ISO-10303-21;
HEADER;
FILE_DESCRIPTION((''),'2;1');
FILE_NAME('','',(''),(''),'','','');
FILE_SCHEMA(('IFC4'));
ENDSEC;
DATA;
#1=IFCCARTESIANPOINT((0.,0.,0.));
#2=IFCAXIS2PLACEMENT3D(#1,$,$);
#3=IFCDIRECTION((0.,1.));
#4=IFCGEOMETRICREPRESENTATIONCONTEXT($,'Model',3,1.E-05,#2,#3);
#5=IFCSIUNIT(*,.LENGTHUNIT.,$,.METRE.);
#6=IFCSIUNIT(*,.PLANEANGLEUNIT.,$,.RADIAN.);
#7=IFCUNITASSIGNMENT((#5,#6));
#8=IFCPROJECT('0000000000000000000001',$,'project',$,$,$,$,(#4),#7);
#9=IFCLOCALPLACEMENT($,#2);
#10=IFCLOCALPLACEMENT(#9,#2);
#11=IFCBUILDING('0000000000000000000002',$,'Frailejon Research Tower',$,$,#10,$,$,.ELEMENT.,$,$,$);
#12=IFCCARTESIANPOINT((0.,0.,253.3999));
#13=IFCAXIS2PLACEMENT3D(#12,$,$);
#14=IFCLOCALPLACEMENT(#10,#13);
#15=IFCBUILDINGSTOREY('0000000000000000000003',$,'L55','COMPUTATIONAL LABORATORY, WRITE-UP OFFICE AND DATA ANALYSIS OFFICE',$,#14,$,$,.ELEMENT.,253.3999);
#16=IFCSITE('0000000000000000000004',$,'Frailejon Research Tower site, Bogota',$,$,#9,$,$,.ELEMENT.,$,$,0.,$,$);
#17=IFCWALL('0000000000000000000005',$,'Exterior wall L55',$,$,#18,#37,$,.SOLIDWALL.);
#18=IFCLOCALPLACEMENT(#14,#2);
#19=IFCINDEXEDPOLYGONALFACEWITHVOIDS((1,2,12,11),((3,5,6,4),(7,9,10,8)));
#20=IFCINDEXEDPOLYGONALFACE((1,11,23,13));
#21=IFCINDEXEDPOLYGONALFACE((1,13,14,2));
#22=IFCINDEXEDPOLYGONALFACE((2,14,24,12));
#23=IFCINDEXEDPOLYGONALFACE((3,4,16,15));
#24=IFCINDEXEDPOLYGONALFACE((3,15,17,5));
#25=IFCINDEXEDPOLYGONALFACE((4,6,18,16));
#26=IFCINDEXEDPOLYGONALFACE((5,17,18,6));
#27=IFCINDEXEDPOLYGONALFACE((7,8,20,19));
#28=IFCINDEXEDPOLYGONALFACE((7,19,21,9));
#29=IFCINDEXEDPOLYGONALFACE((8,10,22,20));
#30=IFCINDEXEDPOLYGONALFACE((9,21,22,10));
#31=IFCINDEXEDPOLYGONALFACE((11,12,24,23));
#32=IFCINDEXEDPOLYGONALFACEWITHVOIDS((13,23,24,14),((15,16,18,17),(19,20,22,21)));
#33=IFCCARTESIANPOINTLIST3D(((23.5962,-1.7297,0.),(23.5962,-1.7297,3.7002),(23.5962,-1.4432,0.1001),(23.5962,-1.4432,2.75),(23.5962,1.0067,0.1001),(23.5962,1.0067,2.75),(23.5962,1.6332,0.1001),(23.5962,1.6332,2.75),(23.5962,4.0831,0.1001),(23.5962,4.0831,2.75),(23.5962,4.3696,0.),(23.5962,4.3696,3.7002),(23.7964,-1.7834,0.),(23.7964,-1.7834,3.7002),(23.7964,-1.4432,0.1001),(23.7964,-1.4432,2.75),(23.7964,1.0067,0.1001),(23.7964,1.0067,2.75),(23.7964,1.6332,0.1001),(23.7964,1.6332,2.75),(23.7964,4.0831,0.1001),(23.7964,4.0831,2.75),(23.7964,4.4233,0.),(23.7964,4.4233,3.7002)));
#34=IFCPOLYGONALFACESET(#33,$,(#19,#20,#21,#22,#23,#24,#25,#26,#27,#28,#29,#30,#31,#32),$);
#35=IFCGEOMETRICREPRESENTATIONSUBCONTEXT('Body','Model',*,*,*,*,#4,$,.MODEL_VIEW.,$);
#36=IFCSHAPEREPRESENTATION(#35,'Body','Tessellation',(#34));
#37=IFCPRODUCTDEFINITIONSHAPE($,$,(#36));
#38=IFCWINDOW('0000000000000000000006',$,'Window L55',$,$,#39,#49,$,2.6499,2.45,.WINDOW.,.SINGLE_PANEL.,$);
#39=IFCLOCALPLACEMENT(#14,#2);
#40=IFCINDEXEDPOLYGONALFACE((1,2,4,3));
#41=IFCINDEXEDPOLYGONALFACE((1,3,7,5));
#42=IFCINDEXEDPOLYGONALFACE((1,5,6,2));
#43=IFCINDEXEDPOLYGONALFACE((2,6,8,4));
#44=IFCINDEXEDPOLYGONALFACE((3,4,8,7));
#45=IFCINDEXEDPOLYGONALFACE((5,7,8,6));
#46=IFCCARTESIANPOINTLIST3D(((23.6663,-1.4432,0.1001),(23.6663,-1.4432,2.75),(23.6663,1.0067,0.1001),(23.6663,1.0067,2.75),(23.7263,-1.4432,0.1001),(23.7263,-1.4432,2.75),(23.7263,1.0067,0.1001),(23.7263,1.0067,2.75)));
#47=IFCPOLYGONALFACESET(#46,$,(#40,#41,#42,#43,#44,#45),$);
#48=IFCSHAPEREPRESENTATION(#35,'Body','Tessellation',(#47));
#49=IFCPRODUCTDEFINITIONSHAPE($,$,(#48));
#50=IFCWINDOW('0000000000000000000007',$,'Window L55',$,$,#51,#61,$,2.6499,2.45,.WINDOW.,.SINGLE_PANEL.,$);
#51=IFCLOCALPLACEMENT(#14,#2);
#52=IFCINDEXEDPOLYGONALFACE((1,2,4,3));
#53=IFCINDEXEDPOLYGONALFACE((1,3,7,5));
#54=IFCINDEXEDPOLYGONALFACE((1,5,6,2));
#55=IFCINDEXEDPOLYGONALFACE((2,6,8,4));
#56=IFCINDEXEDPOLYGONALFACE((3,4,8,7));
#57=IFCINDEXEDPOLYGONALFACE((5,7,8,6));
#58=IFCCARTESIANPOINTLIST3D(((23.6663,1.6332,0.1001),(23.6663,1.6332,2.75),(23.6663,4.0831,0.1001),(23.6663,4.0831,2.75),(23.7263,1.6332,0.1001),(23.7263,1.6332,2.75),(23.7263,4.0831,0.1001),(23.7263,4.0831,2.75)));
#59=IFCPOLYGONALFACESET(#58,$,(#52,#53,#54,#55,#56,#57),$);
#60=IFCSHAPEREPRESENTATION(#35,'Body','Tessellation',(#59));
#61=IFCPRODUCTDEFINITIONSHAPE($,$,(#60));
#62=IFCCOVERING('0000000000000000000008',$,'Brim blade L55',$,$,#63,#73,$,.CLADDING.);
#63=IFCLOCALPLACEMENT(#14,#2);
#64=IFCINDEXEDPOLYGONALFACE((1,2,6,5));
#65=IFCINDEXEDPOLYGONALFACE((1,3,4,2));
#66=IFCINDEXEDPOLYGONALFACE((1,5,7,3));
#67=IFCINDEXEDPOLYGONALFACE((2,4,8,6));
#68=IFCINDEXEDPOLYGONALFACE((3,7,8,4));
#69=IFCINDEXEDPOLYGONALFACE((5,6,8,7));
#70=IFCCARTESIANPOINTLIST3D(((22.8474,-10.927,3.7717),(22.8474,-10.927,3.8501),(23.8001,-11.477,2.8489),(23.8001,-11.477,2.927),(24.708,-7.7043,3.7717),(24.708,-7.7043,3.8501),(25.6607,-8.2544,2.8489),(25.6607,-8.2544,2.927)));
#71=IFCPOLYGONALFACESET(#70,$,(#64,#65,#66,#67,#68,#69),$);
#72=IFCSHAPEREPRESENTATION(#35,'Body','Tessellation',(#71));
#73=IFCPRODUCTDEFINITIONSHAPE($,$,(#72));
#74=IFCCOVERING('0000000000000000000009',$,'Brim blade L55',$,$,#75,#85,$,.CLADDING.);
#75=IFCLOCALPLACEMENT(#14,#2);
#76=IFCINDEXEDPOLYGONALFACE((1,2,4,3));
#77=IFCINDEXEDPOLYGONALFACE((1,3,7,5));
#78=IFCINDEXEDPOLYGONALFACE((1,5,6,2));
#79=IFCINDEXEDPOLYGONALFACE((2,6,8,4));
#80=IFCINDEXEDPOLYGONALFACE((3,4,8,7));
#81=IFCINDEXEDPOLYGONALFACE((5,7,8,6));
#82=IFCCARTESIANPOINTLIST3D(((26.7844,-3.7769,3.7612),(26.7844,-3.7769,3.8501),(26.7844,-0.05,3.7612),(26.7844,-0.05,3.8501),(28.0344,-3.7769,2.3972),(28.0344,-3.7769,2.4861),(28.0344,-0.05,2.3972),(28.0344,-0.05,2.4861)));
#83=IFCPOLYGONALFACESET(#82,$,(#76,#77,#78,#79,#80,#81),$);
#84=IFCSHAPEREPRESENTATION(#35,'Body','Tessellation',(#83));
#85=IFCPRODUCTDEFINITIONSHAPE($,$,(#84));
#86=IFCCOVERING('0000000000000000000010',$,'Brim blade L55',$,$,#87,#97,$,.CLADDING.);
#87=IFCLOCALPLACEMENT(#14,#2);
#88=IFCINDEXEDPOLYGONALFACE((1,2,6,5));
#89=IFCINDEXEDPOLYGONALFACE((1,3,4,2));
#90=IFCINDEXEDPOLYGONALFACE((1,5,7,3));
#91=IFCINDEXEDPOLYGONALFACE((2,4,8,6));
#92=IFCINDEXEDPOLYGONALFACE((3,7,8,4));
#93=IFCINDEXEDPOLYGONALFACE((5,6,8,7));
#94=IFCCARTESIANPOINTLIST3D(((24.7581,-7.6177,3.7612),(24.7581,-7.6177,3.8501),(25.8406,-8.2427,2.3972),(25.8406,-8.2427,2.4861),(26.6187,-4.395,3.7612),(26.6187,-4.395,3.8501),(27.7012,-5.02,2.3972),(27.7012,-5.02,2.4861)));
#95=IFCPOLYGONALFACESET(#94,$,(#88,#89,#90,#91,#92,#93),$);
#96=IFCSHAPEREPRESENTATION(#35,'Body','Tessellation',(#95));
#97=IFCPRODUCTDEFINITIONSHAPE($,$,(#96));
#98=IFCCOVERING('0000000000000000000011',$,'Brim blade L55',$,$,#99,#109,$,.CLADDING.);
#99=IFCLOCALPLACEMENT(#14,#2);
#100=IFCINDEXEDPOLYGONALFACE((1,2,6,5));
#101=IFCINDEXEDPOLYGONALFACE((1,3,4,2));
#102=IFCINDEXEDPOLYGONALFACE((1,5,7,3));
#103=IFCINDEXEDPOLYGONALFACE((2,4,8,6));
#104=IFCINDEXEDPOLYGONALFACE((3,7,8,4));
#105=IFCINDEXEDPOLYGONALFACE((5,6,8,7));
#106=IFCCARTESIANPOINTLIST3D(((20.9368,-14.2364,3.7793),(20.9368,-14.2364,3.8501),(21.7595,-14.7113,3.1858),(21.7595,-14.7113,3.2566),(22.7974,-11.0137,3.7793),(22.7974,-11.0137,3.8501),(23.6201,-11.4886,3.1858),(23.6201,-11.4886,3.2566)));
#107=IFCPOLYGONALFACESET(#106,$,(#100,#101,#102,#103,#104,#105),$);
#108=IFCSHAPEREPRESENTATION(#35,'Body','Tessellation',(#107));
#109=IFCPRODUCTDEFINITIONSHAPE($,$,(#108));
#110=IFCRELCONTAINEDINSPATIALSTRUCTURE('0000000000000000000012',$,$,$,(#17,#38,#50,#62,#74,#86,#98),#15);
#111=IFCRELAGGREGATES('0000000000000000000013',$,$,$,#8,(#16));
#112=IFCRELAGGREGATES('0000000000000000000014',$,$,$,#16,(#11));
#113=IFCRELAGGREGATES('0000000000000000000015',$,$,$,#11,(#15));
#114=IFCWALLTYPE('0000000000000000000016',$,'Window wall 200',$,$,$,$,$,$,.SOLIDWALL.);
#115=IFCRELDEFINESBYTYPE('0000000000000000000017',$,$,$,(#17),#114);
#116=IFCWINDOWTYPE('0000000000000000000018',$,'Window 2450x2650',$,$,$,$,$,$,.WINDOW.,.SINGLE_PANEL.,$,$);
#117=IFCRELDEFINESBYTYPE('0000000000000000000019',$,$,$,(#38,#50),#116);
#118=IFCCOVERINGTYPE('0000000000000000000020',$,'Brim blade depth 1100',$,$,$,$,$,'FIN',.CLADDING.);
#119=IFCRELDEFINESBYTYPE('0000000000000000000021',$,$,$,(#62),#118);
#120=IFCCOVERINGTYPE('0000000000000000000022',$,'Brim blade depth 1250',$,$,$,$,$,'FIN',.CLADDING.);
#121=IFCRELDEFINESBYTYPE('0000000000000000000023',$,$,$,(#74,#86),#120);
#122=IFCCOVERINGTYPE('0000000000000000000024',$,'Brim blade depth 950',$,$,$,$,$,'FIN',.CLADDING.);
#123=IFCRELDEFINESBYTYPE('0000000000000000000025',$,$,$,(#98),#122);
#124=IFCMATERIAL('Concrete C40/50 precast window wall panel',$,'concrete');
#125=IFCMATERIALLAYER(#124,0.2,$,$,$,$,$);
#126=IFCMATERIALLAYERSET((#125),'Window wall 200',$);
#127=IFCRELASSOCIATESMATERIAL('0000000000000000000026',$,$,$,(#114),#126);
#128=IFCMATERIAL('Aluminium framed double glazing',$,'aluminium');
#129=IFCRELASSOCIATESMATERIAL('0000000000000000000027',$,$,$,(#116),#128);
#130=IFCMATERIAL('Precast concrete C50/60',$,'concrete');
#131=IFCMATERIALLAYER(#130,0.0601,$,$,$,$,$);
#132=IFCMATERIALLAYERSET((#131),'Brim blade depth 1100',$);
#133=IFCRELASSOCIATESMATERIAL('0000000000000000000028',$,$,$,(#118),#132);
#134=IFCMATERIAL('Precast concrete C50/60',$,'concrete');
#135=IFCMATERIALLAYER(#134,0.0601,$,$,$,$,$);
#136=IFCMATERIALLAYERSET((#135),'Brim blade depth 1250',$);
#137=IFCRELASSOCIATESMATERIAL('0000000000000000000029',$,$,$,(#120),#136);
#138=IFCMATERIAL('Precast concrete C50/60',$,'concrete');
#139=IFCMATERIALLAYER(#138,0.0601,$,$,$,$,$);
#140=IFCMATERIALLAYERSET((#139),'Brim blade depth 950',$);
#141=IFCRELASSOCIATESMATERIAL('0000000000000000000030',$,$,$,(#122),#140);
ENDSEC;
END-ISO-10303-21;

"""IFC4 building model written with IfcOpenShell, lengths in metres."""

from ifc_helpers import new_model, si_unit, direction, frame, frame_2d, origin, place, context, subcontext, project, spatial, polyline, rectangle, outline, extrude, material, layer, layer_set, type_object, element, fill, save


model = new_model("IFC4")

# Units and contexts
model_context = context("Model", 3, precision=1e-05, world=origin(), true_north=direction((0.0, 1.0)))
body_context = subcontext(model_context, "Body", "Model", "MODEL_VIEW")
ifc_project = project(units=[si_unit("LENGTHUNIT", "METRE"), si_unit("PLANEANGLEUNIT", "RADIAN")], contexts=[model_context])

# Site, building, storey
site_placement = place(None, origin())
site = spatial("IfcSite", under=ifc_project, at=site_placement, Name="Frailejon Research Tower site, Bogota", CompositionType="ELEMENT", RefElevation=0.0)
building_placement = place(site_placement, origin())
building = spatial("IfcBuilding", under=site, at=building_placement, Name="Frailejon Research Tower", CompositionType="ELEMENT")
storey_placement = place(building_placement, frame((0.0, 0.0, 253.3999)))
storey = spatial("IfcBuildingStorey", under=building, at=storey_placement, Name="L55", Description="COMPUTATIONAL LABORATORY, WRITE-UP OFFICE AND DATA ANALYSIS OFFICE", CompositionType="ELEMENT", Elevation=253.3999)

# Wall, openings, windows
ifc_material_1 = material(Name="Concrete C40/50 precast window wall panel", Category="concrete")
ifc_layer_1 = layer(ifc_material_1, 0.2)
ifc_layer_set_1 = layer_set([ifc_layer_1], Name="Window wall 200")
wall_type = type_object("IfcWallType", Name="Window wall 200", PredefinedType="SOLIDWALL", material=ifc_layer_set_1)
wall_placement = place(storey_placement, frame((23.6963, -1.7566, 0.0), z_axis=(0.0, 0.0, 1.0), x_axis=(0.0, 1.0, 0.0)))
wall = element("IfcWall", 1, at=wall_placement, inside=storey, type_object=wall_type, Name="Exterior wall L55", PredefinedType="SOLIDWALL", context=body_context, shape_type="SweptSolid", body=[
    extrude(outline(polyline([(-0.0269, -0.1001), (1.0076, -0.1001), (2.042, -0.1001), (3.0767, -0.1001), (4.1111, -0.1001), (5.1455, -0.1001), (6.1799, -0.1001), (6.1262, 0.1001), (5.1096, 0.1001), (4.093, 0.1001), (3.0767, 0.1001), (2.0601, 0.1001), (1.0435, 0.1001), (0.0269, 0.1001), (-0.0269, -0.1001)])), origin(), (0.0, 0.0, 1.0), 3.7002),
])
opening_1_placement = place(wall_placement, frame((0.3132, 0.0, 0.1001)))
opening_1 = element("IfcOpeningElement", 2, at=opening_1_placement, cuts=wall, PredefinedType="OPENING", context=body_context, shape_type="SweptSolid", body=[
    extrude(rectangle(XDim=2.45, YDim=2.6499, at=frame_2d((1.2251, 1.325))), frame((0.0, 0.1099, 0.0), z_axis=(0.0, -1.0, 0.0), x_axis=(1.0, 0.0, 0.0)), (0.0, 0.0, 1.0), 0.22),
])
opening_2_placement = place(wall_placement, frame((3.3896, 0.0, 0.1001)))
opening_2 = element("IfcOpeningElement", 3, at=opening_2_placement, cuts=wall, PredefinedType="OPENING", context=body_context, shape_type="SweptSolid", body=[
    extrude(rectangle(XDim=2.45, YDim=2.6499, at=frame_2d((1.2251, 1.325))), frame((0.0, 0.1099, 0.0), z_axis=(0.0, -1.0, 0.0), x_axis=(1.0, 0.0, 0.0)), (0.0, 0.0, 1.0), 0.22),
])
ifc_material_2 = material(Name="Aluminium framed double glazing", Category="aluminium")
window_type = type_object("IfcWindowType", Name="Window 2450x2650", PartitioningType="SINGLE_PANEL", PredefinedType="WINDOW", material=ifc_material_2)
window_1_placement = place(opening_1_placement, origin())
window_1 = element("IfcWindow", 4, at=window_1_placement, inside=storey, type_object=window_type, Name="Window L55", OverallHeight=2.6499, OverallWidth=2.45, PartitioningType="SINGLE_PANEL", PredefinedType="WINDOW", context=body_context, shape_type="SweptSolid", body=[
    extrude(rectangle(XDim=2.45, YDim=2.6499, at=frame_2d((1.2251, 1.325))), frame((0.0, 0.03, 0.0), z_axis=(0.0, -1.0, 0.0), x_axis=(1.0, 0.0, 0.0)), (0.0, 0.0, 1.0), 0.0601),
])
fill(opening_1, window_1)
window_2_placement = place(opening_2_placement, origin())
window_2 = element("IfcWindow", 5, at=window_2_placement, inside=storey, type_object=window_type, Name="Window L55", OverallHeight=2.6499, OverallWidth=2.45, PartitioningType="SINGLE_PANEL", PredefinedType="WINDOW", context=body_context, shape_type="SweptSolid", body=[
    extrude(rectangle(XDim=2.45, YDim=2.6499, at=frame_2d((1.2251, 1.325))), frame((0.0, 0.03, 0.0), z_axis=(0.0, -1.0, 0.0), x_axis=(1.0, 0.0, 0.0)), (0.0, 0.0, 1.0), 0.0601),
])
fill(opening_2, window_2)

# Coverings
ifc_material_3 = material(Name="Precast concrete C50/60", Category="concrete")
ifc_layer_2 = layer(ifc_material_3, 0.0601)
ifc_layer_set_2 = layer_set([ifc_layer_2], Name="Brim blade depth 1100")
covering_type_1 = type_object("IfcCoveringType", Name="Brim blade depth 1100", ElementType="FIN", PredefinedType="CLADDING", material=ifc_layer_set_2)
covering_1_placement = place(storey_placement, frame((24.708, -7.7043, 3.8501), z_axis=(-0.500015, -0.866017, 0.0), x_axis=(0.866017, -0.500015, 0.0)))
element("IfcCovering", 6, at=covering_1_placement, inside=storey, type_object=covering_type_1, Name="Brim blade L55", PredefinedType="CLADDING", context=body_context, shape_type="SweptSolid", body=[
    extrude(outline(polyline([(0.0, -0.0784), (1.1001, -1.0012), (1.1001, -0.9231), (0.0, 0.0), (0.0, -0.0784)])), origin(), (0.0, 0.0, 1.0), 3.7212),
])
ifc_material_4 = material(Name="Precast concrete C50/60", Category="concrete")
ifc_layer_3 = layer(ifc_material_4, 0.0601)
ifc_layer_set_3 = layer_set([ifc_layer_3], Name="Brim blade depth 1250")
covering_type_2 = type_object("IfcCoveringType", Name="Brim blade depth 1250", ElementType="FIN", PredefinedType="CLADDING", material=ifc_layer_set_3)
covering_2_placement = place(storey_placement, frame((26.7844, -0.05, 3.8501), z_axis=(0.0, -1.0, 0.0), x_axis=(1.0, 0.0, 0.0)))
element("IfcCovering", 7, at=covering_2_placement, inside=storey, type_object=covering_type_2, Name="Brim blade L55", PredefinedType="CLADDING", context=body_context, shape_type="SweptSolid", body=[
    extrude(outline(polyline([(0.0, -0.0889), (1.25, -1.4529), (1.25, -1.364), (0.0, 0.0), (0.0, -0.0889)])), origin(), (0.0, 0.0, 1.0), 3.7268),
])
covering_3_placement = place(storey_placement, frame((26.6187, -4.395, 3.8501), z_axis=(-0.499995, -0.866028, 0.0), x_axis=(0.866028, -0.499995, 0.0)))
element("IfcCovering", 8, at=covering_3_placement, inside=storey, type_object=covering_type_2, Name="Brim blade L55", PredefinedType="CLADDING", context=body_context, shape_type="SweptSolid", body=[
    extrude(outline(polyline([(0.0, -0.0889), (1.25, -1.4529), (1.25, -1.364), (0.0, 0.0), (0.0, -0.0889)])), origin(), (0.0, 0.0, 1.0), 3.7212),
])
ifc_material_5 = material(Name="Precast concrete C50/60", Category="concrete")
ifc_layer_4 = layer(ifc_material_5, 0.0601)
ifc_layer_set_4 = layer_set([ifc_layer_4], Name="Brim blade depth 950")
covering_type_3 = type_object("IfcCoveringType", Name="Brim blade depth 950", ElementType="FIN", PredefinedType="CLADDING", material=ifc_layer_set_4)
covering_4_placement = place(storey_placement, frame((22.7974, -11.0137, 3.8501), z_axis=(-0.499984, -0.866035, 0.0), x_axis=(0.866035, -0.499984, 0.0)))
element("IfcCovering", 9, at=covering_4_placement, inside=storey, type_object=covering_type_3, Name="Brim blade L55", PredefinedType="CLADDING", context=body_context, shape_type="SweptSolid", body=[
    extrude(outline(polyline([(0.0, -0.0708), (0.95, -0.6643), (0.95, -0.5935), (0.0, 0.0), (0.0, -0.0708)])), origin(), (0.0, 0.0, 1.0), 3.7212),
])

save(model, "model.ifc")
